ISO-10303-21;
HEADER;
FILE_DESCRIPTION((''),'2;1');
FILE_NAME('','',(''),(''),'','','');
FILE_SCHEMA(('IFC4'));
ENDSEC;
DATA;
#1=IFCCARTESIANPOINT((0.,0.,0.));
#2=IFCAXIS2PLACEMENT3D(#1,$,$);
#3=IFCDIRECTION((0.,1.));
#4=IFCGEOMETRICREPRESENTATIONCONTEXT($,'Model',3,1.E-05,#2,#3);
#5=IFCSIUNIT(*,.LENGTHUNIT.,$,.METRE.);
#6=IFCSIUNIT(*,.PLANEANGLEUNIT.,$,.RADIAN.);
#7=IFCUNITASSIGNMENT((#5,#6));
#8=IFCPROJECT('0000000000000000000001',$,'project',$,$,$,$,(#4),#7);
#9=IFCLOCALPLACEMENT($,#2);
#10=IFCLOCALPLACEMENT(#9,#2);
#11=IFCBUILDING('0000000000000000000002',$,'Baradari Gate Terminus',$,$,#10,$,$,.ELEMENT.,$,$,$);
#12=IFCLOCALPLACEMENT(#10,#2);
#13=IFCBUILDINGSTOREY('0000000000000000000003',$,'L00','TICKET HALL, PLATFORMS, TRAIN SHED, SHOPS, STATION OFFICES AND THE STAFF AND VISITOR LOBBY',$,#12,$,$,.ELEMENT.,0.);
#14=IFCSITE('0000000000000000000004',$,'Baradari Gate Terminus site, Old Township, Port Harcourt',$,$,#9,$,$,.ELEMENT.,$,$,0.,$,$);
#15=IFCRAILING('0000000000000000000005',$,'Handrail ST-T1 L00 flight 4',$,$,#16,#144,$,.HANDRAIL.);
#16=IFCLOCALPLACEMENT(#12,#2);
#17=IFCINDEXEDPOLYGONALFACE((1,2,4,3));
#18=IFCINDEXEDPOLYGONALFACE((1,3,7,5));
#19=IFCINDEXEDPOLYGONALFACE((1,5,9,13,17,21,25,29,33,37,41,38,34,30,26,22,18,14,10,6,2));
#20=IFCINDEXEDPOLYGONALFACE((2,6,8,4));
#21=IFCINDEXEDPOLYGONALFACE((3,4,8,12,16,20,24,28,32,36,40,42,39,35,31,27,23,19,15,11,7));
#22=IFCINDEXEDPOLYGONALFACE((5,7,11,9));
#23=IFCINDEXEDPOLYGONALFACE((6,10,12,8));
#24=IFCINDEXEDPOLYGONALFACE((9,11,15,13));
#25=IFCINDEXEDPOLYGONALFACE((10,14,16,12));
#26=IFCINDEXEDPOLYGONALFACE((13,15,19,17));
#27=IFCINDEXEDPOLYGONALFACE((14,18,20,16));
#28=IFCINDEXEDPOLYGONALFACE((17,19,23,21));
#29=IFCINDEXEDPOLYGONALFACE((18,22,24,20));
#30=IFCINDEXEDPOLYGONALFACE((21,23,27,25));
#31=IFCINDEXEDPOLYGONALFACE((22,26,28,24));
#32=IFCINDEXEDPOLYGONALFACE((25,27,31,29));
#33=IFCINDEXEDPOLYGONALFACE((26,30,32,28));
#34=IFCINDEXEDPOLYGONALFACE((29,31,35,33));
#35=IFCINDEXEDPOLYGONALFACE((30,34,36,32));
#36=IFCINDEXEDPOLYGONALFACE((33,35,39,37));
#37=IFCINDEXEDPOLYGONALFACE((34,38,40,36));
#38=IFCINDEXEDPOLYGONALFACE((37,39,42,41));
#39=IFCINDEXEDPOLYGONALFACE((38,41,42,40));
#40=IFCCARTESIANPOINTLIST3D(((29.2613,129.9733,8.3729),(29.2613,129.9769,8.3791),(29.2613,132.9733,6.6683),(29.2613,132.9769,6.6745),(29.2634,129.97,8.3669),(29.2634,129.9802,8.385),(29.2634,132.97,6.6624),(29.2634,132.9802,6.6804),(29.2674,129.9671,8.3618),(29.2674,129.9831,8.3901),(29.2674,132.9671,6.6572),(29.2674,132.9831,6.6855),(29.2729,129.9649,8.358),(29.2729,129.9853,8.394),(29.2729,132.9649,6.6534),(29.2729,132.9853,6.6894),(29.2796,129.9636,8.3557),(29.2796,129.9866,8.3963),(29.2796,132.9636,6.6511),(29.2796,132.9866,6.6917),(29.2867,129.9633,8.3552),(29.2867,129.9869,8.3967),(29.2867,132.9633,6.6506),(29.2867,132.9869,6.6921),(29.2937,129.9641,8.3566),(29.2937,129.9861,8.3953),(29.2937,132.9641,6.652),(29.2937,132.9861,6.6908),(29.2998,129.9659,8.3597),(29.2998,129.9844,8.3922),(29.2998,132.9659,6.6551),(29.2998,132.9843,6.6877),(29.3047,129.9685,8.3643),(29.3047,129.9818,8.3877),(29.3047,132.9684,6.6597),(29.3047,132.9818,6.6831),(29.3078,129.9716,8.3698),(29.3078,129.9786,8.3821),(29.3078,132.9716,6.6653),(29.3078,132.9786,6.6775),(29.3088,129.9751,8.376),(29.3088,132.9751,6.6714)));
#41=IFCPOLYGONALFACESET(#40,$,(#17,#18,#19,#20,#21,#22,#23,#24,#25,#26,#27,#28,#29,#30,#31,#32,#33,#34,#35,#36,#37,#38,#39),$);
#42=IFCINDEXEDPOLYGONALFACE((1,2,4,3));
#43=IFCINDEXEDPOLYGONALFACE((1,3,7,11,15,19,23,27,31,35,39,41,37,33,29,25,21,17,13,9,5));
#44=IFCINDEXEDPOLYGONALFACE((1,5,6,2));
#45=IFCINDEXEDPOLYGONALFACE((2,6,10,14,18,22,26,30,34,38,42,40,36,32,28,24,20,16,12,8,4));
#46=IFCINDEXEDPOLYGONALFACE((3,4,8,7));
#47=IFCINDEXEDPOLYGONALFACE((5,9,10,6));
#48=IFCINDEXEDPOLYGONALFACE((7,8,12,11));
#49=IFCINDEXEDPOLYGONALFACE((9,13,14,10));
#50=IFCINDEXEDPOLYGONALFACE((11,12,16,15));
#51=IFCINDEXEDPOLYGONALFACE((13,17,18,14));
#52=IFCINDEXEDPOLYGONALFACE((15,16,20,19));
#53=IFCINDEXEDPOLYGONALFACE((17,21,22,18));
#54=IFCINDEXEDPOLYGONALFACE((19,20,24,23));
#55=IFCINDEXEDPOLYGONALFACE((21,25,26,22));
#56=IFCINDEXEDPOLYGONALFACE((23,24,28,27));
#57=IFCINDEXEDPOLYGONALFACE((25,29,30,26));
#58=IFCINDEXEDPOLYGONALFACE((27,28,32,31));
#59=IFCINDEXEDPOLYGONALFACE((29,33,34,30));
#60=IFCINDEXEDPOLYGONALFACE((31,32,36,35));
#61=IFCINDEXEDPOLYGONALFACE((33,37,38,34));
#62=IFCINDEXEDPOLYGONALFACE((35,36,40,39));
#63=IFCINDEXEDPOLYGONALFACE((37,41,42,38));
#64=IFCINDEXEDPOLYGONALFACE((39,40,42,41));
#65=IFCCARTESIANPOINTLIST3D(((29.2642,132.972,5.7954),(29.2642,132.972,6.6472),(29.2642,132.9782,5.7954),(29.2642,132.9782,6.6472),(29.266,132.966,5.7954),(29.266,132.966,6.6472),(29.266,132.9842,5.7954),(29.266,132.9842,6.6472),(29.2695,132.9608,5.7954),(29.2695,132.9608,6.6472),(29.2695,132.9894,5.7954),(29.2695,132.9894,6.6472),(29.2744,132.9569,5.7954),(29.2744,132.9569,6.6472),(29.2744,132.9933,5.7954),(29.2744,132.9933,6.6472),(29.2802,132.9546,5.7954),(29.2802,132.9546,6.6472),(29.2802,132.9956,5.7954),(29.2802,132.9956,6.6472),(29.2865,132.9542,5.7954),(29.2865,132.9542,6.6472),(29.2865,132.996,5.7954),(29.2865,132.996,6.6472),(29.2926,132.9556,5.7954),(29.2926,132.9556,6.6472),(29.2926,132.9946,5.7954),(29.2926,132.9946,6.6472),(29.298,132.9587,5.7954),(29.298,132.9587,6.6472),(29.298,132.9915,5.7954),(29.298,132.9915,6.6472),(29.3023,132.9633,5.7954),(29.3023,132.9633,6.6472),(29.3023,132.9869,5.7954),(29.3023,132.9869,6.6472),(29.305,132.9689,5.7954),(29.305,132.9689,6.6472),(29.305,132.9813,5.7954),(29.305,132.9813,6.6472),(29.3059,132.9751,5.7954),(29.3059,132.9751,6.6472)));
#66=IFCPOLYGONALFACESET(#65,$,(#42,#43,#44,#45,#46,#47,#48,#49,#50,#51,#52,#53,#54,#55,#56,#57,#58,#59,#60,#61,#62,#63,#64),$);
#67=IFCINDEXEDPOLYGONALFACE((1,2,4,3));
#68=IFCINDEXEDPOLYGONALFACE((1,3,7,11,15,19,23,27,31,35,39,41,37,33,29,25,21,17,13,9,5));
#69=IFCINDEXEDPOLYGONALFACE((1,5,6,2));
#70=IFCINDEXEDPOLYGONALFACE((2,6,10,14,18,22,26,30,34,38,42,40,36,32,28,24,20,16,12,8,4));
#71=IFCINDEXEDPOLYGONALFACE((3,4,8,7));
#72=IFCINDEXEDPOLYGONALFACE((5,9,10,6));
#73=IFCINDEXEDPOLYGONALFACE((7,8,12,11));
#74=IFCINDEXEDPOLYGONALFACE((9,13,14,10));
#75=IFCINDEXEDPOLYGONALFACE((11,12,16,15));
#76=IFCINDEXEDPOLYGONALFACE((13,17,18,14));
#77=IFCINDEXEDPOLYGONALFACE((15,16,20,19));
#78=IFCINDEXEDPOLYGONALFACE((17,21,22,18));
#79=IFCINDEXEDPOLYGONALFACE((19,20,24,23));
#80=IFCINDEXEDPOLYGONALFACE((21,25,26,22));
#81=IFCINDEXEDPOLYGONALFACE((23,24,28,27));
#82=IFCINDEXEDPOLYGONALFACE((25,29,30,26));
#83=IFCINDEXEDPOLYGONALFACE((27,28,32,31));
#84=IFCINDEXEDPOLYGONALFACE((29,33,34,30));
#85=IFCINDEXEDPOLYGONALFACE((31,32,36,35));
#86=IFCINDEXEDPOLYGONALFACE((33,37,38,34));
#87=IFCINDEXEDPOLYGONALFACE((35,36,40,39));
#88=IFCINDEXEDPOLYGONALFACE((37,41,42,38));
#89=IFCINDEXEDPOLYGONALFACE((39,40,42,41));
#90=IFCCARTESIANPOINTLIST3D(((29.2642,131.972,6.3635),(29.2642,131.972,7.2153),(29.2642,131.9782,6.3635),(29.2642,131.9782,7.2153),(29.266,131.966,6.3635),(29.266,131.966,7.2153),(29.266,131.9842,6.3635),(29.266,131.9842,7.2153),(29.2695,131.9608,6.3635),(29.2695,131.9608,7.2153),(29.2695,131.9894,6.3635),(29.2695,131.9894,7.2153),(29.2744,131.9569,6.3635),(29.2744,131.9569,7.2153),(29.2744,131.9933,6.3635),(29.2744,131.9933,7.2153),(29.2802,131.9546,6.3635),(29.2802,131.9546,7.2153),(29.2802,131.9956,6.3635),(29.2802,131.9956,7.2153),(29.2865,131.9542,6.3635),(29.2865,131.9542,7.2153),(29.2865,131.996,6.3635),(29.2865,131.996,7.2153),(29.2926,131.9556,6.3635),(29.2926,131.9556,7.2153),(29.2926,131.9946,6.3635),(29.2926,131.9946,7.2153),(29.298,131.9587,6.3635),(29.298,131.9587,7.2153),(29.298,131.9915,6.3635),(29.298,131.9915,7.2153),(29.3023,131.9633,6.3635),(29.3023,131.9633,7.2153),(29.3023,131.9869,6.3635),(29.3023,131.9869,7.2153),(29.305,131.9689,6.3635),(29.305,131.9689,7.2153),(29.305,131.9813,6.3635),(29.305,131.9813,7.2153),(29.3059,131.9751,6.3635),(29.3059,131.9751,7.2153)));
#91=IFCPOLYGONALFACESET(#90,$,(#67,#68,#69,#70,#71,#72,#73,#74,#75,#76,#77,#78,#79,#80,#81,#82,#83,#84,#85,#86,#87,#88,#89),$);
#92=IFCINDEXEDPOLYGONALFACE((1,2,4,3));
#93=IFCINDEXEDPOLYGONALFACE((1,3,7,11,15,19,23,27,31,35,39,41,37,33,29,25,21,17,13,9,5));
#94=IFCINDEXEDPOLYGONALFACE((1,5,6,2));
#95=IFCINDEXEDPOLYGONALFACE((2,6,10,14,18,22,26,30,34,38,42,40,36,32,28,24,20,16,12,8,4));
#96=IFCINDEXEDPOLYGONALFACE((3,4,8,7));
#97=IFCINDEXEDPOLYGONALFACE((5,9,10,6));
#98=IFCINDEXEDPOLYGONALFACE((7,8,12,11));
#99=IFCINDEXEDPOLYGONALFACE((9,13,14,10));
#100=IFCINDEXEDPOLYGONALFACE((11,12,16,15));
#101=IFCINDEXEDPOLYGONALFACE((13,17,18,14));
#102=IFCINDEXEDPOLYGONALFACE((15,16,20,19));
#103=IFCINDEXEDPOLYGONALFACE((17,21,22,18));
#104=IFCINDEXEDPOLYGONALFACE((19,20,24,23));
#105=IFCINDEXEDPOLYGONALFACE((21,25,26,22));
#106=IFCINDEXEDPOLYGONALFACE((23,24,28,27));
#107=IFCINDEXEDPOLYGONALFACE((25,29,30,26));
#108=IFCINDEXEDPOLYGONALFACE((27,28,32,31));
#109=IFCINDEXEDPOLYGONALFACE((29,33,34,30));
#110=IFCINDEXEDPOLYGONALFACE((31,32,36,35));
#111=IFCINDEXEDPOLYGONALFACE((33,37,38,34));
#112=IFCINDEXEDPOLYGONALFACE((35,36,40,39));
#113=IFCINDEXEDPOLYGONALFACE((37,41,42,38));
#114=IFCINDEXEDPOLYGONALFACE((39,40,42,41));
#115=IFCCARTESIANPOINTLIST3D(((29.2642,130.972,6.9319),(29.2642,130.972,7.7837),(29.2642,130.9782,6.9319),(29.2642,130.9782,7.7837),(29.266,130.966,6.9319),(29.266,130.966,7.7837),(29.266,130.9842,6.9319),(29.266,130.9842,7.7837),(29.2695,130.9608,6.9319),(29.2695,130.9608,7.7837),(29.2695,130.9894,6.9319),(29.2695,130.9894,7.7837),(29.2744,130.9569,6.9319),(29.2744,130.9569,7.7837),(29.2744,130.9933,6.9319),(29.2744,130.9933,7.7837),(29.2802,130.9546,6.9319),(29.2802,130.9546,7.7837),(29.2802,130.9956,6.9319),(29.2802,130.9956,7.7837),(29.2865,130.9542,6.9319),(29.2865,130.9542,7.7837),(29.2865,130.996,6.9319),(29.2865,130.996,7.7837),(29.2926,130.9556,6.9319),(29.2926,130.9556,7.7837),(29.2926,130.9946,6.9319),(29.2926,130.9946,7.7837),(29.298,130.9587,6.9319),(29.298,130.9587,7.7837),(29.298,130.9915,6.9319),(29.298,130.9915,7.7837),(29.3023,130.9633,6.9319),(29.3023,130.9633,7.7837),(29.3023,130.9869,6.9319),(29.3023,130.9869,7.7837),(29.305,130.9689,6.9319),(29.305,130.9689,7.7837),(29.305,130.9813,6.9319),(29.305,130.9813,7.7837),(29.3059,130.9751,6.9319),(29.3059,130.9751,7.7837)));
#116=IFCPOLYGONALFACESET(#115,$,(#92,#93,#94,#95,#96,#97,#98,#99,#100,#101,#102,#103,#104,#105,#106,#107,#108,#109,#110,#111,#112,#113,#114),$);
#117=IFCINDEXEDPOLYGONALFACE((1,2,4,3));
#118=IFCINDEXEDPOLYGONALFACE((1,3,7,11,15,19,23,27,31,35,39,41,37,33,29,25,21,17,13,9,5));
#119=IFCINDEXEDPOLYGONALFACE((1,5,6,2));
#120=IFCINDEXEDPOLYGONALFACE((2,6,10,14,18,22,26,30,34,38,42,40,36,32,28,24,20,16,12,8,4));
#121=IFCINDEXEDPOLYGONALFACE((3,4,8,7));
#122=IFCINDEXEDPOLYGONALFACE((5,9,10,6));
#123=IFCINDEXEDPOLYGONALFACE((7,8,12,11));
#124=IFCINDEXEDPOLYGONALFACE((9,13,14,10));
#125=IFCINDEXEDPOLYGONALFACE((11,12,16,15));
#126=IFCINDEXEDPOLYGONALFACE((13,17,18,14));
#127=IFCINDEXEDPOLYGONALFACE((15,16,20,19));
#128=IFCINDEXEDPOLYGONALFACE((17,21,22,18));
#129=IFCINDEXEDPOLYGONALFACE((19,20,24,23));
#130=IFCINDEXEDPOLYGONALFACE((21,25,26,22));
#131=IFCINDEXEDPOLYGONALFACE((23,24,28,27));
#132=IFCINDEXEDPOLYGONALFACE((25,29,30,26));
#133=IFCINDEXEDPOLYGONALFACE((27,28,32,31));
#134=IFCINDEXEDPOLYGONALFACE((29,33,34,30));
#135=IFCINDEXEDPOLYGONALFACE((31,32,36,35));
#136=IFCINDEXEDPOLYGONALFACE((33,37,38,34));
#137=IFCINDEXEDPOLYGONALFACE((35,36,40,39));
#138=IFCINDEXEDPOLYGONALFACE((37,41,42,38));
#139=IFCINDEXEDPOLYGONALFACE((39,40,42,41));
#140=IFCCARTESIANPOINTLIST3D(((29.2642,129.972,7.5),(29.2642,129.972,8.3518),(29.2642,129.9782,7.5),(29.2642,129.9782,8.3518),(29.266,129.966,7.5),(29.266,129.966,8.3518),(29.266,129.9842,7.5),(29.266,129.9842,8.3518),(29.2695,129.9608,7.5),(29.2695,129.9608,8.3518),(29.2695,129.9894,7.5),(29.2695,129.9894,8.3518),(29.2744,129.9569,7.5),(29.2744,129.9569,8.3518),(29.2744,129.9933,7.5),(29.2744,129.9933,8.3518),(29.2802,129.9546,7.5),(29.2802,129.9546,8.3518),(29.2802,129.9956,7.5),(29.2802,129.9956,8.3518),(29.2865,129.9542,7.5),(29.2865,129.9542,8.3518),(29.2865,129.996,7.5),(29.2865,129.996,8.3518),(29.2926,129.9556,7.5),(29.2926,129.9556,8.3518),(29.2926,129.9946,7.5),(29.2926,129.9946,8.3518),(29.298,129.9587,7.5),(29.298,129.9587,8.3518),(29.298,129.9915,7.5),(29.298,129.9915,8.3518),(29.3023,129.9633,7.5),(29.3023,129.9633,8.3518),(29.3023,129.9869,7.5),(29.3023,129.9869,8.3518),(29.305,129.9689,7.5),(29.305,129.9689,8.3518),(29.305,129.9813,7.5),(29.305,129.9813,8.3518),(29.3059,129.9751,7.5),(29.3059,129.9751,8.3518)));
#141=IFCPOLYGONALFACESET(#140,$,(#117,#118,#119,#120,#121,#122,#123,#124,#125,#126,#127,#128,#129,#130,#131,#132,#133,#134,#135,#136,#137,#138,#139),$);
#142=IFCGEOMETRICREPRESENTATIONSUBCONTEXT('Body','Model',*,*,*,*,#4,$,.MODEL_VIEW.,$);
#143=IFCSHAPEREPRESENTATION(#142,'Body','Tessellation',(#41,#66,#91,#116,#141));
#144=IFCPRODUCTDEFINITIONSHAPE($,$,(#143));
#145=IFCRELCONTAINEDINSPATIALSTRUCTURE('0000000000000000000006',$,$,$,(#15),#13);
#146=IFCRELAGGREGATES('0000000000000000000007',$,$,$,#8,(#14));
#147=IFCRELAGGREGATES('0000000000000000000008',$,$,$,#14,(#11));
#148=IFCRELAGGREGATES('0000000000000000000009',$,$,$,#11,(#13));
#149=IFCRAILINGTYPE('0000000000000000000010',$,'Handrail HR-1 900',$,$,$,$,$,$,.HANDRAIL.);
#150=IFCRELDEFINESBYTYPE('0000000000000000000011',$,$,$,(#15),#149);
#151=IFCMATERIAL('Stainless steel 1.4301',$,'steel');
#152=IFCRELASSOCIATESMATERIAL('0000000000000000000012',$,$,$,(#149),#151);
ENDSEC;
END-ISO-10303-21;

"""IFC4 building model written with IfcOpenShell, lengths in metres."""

from ifc_helpers import new_model, si_unit, direction, frame, origin, origin_2d, place, context, subcontext, project, spatial, circle, extrude, material, type_object, element, save


model = new_model("IFC4")

# Units and contexts
model_context = context("Model", 3, precision=1e-05, world=origin(), true_north=direction((0.0, 1.0)))
body_context = subcontext(model_context, "Body", "Model", "MODEL_VIEW")
ifc_project = project(units=[si_unit("LENGTHUNIT", "METRE"), si_unit("PLANEANGLEUNIT", "RADIAN")], contexts=[model_context])

# Site, building, storey
site_placement = place(None, origin())
site = spatial("IfcSite", under=ifc_project, at=site_placement, Name="Baradari Gate Terminus site, Old Township, Port Harcourt", CompositionType="ELEMENT", RefElevation=0.0)
building_placement = place(site_placement, origin())
building = spatial("IfcBuilding", under=site, at=building_placement, Name="Baradari Gate Terminus", CompositionType="ELEMENT")
storey_placement = place(building_placement, origin())
storey = spatial("IfcBuildingStorey", under=building, at=storey_placement, Name="L00", Description="TICKET HALL, PLATFORMS, TRAIN SHED, SHOPS, STATION OFFICES AND THE STAFF AND VISITOR LOBBY", CompositionType="ELEMENT", Elevation=0.0)

# Railing
ifc_material_1 = material(Name="Stainless steel 1.4301", Category="steel")
railing_type_1 = type_object("IfcRailingType", Name="Handrail HR-1 900", PredefinedType="HANDRAIL", material=ifc_material_1)
railing_1_placement = place(storey_placement, frame((29.2849, 132.9751, 5.7954)))
element("IfcRailing", 1, at=railing_1_placement, inside=storey, type_object=railing_type_1, Name="Handrail ST-T1 L00 flight 4", PredefinedType="HANDRAIL", context=body_context, shape_type="SweptSolid", body=[
    extrude(circle(Radius=0.0239, at=origin_2d()), frame((0.0, 0.0, 0.876), z_axis=(0.0, -0.869451, 0.494019), x_axis=(1.0, 0.0, 0.0)), (0.0, 0.0, 1.0), 3.4504),
    extrude(circle(Radius=0.021, at=origin_2d()), origin(), (0.0, 0.0, 1.0), 0.8518),
    extrude(circle(Radius=0.021, at=origin_2d()), frame((0.0, -1.0, 0.5681)), (0.0, 0.0, 1.0), 0.8518),
    extrude(circle(Radius=0.021, at=origin_2d()), frame((0.0, -2.0, 1.1365)), (0.0, 0.0, 1.0), 0.8518),
    extrude(circle(Radius=0.021, at=origin_2d()), frame((0.0, -3.0, 1.7046)), (0.0, 0.0, 1.0), 0.8518),
])

save(model, "model.ifc")
